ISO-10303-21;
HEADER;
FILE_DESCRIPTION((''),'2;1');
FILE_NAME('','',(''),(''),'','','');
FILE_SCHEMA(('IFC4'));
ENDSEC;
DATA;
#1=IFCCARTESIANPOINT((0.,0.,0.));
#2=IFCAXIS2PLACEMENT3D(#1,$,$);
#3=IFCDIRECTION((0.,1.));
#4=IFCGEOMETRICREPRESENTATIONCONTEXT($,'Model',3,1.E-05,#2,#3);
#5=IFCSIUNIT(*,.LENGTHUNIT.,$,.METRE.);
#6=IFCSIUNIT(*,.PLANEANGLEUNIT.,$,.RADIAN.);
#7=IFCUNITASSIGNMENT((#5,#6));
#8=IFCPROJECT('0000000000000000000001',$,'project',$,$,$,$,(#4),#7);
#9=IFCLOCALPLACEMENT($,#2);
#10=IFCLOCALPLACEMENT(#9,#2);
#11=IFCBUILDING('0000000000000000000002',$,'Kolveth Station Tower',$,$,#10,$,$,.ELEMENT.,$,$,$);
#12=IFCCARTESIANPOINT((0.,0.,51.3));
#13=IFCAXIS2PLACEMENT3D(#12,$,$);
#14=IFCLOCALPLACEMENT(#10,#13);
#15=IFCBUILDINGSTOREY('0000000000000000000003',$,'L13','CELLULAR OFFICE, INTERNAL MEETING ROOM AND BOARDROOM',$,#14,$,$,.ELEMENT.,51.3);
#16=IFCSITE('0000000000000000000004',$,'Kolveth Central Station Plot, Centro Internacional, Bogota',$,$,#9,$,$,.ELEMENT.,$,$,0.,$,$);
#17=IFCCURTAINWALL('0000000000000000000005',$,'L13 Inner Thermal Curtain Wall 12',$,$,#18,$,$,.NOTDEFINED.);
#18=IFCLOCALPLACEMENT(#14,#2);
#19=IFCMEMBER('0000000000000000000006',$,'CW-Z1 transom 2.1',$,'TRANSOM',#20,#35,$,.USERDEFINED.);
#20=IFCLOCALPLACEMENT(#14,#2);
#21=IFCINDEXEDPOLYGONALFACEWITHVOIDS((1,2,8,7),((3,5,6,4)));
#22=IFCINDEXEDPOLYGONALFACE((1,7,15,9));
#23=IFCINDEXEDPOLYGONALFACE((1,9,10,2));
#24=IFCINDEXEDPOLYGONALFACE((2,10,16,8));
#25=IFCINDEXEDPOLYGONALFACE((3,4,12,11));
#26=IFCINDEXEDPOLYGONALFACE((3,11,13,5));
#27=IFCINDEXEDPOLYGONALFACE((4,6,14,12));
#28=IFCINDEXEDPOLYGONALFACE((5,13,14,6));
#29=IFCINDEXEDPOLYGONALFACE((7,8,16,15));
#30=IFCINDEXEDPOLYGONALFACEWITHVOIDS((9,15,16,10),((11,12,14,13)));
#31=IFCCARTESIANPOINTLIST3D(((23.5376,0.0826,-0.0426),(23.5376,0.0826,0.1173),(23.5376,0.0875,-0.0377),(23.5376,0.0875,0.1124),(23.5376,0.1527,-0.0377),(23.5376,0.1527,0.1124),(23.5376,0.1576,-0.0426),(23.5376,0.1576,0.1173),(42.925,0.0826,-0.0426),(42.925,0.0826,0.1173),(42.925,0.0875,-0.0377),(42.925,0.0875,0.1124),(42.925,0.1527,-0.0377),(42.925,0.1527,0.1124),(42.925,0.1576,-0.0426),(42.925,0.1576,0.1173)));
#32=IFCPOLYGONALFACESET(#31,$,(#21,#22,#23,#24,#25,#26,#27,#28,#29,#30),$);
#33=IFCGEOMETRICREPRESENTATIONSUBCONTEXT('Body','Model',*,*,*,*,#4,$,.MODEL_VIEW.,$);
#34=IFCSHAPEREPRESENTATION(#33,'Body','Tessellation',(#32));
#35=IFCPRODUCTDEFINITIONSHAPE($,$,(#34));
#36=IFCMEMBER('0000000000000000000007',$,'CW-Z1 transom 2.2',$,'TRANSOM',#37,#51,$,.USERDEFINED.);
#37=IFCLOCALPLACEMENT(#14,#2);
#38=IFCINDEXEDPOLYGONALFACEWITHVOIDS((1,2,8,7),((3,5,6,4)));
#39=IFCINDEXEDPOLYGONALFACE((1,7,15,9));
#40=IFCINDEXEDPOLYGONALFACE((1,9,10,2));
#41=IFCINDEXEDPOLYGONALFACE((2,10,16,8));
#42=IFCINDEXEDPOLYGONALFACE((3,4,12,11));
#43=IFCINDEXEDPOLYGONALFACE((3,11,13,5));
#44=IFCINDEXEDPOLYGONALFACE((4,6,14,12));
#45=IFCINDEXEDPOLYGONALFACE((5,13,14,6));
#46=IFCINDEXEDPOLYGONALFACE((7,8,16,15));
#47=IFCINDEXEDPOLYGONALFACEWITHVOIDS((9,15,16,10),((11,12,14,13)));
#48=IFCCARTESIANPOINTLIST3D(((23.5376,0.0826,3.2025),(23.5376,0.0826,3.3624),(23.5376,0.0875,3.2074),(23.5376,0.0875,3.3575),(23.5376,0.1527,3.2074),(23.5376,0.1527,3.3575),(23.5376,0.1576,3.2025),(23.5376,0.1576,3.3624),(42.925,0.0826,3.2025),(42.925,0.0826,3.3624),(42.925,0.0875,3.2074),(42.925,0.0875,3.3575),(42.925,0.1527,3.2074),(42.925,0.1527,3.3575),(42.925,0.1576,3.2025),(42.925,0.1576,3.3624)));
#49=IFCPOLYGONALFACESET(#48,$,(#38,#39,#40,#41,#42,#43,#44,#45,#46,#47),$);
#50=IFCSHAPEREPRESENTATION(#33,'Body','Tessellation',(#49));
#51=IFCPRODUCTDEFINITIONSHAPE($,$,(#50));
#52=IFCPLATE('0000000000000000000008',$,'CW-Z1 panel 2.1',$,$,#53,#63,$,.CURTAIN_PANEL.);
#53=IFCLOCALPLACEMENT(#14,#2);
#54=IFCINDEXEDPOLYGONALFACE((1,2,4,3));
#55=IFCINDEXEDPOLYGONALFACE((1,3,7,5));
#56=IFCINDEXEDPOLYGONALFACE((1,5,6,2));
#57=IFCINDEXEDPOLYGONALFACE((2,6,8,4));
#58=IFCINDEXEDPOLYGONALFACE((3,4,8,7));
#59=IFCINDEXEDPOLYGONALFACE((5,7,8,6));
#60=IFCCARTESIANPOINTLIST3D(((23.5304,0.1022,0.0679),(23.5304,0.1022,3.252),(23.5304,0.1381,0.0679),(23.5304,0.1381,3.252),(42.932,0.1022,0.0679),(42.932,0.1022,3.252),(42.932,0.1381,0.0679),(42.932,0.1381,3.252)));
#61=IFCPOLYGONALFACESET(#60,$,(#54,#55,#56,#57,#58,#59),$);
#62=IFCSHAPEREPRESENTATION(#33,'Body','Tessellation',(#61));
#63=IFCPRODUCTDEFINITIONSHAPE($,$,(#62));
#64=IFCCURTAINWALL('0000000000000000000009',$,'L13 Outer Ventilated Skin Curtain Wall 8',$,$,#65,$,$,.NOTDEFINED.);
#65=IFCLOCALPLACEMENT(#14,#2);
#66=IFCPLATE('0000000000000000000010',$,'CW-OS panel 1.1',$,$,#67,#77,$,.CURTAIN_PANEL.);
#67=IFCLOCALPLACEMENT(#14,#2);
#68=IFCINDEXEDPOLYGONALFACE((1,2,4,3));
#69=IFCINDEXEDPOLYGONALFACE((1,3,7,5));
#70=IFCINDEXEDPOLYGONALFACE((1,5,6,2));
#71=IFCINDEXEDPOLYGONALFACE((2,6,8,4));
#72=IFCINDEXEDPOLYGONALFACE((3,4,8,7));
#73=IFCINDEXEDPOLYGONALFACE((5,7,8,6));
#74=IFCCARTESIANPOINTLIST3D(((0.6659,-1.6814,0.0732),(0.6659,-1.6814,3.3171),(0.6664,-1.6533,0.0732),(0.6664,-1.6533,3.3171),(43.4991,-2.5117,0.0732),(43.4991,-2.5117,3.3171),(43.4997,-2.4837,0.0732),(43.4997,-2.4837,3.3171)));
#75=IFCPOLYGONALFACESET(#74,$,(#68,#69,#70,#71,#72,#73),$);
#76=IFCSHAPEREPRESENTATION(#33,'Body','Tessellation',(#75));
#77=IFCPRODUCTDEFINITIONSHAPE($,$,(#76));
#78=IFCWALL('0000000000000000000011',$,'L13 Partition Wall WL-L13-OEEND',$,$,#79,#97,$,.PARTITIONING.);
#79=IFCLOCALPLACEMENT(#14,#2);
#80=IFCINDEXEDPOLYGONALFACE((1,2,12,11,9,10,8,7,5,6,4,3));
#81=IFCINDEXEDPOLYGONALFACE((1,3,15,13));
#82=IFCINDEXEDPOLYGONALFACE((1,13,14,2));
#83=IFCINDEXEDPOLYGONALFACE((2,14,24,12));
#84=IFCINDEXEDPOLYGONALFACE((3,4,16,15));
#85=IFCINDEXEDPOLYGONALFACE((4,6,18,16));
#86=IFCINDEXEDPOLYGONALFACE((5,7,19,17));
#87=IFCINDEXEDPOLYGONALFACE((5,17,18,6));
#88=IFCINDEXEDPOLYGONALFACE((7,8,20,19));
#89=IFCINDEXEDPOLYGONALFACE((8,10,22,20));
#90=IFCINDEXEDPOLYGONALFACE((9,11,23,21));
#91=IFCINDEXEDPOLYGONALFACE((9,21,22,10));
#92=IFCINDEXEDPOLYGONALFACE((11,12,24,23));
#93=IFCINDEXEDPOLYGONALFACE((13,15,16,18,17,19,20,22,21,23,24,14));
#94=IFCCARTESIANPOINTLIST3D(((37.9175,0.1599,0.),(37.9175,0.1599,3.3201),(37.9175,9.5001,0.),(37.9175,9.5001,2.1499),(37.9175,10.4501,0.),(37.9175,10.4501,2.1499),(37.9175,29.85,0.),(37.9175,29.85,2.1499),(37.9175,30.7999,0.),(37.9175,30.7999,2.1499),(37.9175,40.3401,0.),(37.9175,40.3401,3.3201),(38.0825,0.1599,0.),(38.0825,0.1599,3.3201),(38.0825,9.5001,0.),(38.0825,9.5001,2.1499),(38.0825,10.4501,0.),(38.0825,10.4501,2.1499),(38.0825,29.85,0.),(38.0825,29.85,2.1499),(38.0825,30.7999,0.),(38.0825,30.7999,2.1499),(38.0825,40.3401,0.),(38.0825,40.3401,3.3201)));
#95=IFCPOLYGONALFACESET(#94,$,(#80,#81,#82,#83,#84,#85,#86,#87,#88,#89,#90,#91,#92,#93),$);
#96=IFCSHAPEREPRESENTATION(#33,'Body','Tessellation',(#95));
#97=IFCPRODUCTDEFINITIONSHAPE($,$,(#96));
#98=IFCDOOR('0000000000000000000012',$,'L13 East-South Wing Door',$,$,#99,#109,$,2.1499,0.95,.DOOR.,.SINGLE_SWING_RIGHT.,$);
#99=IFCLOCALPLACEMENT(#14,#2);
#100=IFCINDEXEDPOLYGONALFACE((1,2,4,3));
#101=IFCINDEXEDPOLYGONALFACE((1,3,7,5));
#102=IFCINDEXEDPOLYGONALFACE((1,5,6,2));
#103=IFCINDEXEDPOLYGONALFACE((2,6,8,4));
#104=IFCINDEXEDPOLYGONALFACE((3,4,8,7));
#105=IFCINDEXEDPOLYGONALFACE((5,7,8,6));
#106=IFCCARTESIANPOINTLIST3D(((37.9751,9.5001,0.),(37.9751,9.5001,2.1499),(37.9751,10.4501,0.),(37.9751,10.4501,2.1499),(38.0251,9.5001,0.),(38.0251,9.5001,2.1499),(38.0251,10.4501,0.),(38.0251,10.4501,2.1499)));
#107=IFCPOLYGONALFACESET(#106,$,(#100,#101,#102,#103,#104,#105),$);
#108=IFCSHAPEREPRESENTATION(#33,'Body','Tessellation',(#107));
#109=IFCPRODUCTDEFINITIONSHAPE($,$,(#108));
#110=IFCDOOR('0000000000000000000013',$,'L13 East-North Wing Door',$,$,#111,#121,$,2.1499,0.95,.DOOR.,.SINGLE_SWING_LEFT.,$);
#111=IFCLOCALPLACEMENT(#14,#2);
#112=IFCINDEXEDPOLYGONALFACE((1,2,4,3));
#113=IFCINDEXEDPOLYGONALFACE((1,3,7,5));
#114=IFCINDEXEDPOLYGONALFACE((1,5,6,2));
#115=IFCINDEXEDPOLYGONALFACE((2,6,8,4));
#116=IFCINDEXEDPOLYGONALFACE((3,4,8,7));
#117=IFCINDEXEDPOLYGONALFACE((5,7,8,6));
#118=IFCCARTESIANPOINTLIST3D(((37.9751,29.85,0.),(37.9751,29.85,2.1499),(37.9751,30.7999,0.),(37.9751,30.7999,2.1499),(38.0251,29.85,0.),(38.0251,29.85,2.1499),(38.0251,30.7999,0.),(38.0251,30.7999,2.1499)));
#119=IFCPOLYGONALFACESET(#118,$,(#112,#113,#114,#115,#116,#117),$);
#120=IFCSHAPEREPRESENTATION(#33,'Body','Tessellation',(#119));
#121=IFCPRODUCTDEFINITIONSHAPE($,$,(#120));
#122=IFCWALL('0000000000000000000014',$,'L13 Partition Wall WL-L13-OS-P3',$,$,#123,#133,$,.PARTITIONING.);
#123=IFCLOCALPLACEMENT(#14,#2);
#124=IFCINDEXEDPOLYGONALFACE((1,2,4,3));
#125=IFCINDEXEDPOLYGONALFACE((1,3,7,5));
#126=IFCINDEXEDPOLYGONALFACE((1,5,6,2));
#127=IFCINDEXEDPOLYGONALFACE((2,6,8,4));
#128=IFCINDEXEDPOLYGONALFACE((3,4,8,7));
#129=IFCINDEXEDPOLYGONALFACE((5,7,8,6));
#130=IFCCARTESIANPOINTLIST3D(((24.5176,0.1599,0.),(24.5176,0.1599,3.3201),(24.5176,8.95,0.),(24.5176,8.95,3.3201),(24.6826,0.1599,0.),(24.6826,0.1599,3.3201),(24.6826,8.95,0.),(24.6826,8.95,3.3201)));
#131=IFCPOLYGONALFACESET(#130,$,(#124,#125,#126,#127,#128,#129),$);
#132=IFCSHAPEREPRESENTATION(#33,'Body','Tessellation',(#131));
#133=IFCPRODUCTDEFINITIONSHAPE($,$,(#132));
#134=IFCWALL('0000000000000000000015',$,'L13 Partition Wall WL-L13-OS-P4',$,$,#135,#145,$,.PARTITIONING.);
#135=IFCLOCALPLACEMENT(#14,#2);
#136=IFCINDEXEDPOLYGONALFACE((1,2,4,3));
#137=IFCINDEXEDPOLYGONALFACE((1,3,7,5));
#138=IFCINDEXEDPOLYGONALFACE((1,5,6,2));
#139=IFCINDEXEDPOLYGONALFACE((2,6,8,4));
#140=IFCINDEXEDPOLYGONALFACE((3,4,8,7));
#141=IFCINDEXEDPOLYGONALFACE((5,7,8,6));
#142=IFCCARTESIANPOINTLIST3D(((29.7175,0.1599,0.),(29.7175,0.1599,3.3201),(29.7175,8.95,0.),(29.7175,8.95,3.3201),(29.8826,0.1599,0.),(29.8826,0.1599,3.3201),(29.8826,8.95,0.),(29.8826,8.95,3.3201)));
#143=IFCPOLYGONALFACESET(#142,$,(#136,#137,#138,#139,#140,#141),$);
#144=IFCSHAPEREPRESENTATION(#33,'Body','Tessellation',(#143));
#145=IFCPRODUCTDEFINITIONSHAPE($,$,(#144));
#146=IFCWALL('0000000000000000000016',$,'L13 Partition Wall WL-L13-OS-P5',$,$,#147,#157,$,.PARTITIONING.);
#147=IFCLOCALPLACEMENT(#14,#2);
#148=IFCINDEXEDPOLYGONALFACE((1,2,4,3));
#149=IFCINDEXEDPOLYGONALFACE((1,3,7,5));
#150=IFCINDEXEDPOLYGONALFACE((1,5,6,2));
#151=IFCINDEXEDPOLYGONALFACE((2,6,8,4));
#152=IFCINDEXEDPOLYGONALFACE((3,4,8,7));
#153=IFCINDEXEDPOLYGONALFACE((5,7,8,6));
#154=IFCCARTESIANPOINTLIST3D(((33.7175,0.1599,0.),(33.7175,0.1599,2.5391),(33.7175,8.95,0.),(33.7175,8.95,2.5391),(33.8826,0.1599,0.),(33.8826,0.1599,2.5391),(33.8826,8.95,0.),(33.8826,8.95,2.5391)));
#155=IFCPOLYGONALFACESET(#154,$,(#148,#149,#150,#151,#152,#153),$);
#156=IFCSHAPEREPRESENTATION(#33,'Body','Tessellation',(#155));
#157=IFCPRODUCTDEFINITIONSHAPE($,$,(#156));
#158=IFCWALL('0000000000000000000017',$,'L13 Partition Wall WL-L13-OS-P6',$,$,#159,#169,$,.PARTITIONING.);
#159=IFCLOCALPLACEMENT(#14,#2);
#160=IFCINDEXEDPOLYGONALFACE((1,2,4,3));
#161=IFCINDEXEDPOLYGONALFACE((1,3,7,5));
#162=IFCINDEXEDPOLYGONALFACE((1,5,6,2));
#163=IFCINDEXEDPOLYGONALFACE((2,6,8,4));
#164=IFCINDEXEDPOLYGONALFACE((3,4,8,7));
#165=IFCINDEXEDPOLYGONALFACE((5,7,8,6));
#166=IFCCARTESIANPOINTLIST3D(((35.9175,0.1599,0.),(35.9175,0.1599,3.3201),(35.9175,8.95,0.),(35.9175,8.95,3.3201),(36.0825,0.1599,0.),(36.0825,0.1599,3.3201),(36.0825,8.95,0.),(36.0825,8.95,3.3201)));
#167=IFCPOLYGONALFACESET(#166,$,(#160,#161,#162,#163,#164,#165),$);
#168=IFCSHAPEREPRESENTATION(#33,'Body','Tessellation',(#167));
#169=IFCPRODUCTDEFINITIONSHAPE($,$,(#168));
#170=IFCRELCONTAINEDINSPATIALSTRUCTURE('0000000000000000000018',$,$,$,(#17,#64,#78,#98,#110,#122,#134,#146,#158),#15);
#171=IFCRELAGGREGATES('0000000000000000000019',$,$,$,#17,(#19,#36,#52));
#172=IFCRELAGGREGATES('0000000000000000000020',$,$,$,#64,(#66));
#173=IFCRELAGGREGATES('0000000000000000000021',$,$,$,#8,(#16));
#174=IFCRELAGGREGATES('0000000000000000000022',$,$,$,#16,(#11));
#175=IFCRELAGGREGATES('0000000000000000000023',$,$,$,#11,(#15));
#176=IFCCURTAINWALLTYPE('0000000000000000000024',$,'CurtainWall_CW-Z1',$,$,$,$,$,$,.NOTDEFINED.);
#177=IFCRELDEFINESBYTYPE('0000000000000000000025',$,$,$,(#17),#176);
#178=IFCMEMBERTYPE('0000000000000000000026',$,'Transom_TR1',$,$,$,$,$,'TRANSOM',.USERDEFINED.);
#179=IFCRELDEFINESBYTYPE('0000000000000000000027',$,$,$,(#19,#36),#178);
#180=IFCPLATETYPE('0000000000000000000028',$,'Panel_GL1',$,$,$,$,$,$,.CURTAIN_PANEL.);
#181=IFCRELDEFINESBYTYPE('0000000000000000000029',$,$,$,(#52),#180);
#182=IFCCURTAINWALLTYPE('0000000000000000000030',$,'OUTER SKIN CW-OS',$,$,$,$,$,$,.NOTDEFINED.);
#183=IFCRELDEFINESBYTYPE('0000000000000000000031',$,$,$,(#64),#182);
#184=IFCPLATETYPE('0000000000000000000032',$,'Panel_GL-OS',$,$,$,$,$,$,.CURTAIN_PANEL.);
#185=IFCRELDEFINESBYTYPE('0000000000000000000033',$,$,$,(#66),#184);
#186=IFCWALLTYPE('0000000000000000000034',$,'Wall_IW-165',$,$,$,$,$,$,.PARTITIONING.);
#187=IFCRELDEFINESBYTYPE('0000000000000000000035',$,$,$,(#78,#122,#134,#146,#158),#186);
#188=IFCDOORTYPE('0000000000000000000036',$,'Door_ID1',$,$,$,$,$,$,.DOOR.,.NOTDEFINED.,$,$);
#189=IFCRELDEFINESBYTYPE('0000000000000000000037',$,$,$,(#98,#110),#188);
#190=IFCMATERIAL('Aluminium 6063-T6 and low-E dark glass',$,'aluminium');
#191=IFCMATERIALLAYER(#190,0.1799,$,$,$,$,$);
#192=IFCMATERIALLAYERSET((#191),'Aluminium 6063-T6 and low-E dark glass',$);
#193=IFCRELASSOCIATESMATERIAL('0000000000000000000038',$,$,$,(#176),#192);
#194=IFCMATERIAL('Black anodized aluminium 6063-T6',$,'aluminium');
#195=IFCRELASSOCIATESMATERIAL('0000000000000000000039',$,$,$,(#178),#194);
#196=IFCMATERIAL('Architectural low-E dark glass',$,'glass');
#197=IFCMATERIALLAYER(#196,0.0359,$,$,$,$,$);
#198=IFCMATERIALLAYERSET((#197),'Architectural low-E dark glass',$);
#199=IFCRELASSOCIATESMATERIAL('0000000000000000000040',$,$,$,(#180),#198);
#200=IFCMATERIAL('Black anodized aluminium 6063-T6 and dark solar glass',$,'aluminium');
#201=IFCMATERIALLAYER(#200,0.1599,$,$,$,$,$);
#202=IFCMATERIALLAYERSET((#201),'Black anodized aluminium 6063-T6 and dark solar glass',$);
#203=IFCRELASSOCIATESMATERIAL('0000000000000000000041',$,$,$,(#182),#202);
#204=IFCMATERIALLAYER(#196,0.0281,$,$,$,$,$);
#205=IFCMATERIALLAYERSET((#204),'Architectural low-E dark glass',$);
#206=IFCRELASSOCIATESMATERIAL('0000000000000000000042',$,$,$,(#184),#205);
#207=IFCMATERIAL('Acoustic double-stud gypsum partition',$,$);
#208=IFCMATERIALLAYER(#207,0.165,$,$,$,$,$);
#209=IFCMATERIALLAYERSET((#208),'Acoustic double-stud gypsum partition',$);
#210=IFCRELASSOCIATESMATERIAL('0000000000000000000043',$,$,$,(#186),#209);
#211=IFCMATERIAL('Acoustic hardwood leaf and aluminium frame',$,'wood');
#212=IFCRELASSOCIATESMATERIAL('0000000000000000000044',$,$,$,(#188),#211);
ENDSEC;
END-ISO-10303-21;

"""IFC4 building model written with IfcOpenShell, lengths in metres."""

from ifc_helpers import new_model, si_unit, direction, frame, frame_2d, origin, origin_2d, place, context, subcontext, project, spatial, rectangle, hollow_rectangle, extrude, source, transform, mapped, material, layer, layer_set, material_profile, profile_set, type_object, element, fill, aggregate, save


model = new_model("IFC4")

# Units and contexts
model_context = context("Model", 3, precision=1e-05, world=origin(), true_north=direction((0.0, 1.0)))
body_context = subcontext(model_context, "Body", "Model", "MODEL_VIEW")
ifc_project = project(units=[si_unit("LENGTHUNIT", "METRE"), si_unit("PLANEANGLEUNIT", "RADIAN")], contexts=[model_context])

# Site, building, storey
site_placement = place(None, origin())
site = spatial("IfcSite", under=ifc_project, at=site_placement, Name="Kolveth Central Station Plot, Centro Internacional, Bogota", CompositionType="ELEMENT", RefElevation=0.0)
building_placement = place(site_placement, origin())
building = spatial("IfcBuilding", under=site, at=building_placement, Name="Kolveth Station Tower", CompositionType="ELEMENT")
storey_placement = place(building_placement, frame((0.0, 0.0, 51.3)))
storey = spatial("IfcBuildingStorey", under=building, at=storey_placement, Name="L13", Description="CELLULAR OFFICE, INTERNAL MEETING ROOM AND BOARDROOM", CompositionType="ELEMENT", Elevation=51.3)

# Curtain wall, members, plate
ifc_material_1 = material(Name="Aluminium 6063-T6 and low-E dark glass", Category="aluminium")
ifc_layer_1 = layer(ifc_material_1, 0.1799)
ifc_layer_set_1 = layer_set([ifc_layer_1], Name="Aluminium 6063-T6 and low-E dark glass")
curtain_wall_type_1 = type_object("IfcCurtainWallType", Name="CurtainWall_CW-Z1", PredefinedType="NOTDEFINED", material=ifc_layer_set_1)
curtain_wall_1_placement = place(storey_placement, origin())
curtain_wall_1 = element("IfcCurtainWall", 1, at=curtain_wall_1_placement, inside=storey, type_object=curtain_wall_type_1, Name="L13 Inner Thermal Curtain Wall 12", PredefinedType="NOTDEFINED")
ifc_material_2 = material(Name="Black anodized aluminium 6063-T6", Category="aluminium")
ifc_material_profile_1 = material_profile(ifc_material_2, hollow_rectangle(XDim=0.075, YDim=0.1599, WallThickness=0.0049, at=origin_2d()), Name="ALU-75x160x5")
ifc_profile_set_1 = profile_set([ifc_material_profile_1], Name="Black anodized aluminium 6063-T6")
member_type_1 = type_object("IfcMemberType", Name="Transom_TR1", ElementType="TRANSOM", PredefinedType="USERDEFINED", material=ifc_profile_set_1)
shared_shape_1 = source(origin(), body_context, "Body", "SweptSolid", [
    extrude(hollow_rectangle(XDim=0.075, YDim=0.1599, WallThickness=0.0049, at=origin_2d()), origin(), (0.0, 0.0, 1.0), 19.3875),
])
member_1_placement = place(storey_placement, frame((23.5376, 0.1201, 0.0374), z_axis=(1.0, 0.0, 0.0), x_axis=(0.0, 1.0, 0.0)))
member_1 = element("IfcMember", 2, at=member_1_placement, type_object=member_type_1, Name="CW-Z1 transom 2.1", ObjectType="TRANSOM", PredefinedType="USERDEFINED", context=body_context, shape_type="MappedRepresentation", body=[
    mapped(shared_shape_1, transform((0.0, 0.0, 0.0), x_axis=(1.0, 0.0, 0.0), y_axis=(0.0, 1.0, 0.0), z_axis=(0.0, 0.0, 1.0), scale=1.0)),
])
member_2_placement = place(storey_placement, frame((23.5376, 0.1201, 3.2825), z_axis=(1.0, 0.0, 0.0), x_axis=(0.0, 1.0, 0.0)))
member_2 = element("IfcMember", 3, at=member_2_placement, type_object=member_type_1, Name="CW-Z1 transom 2.2", ObjectType="TRANSOM", PredefinedType="USERDEFINED", context=body_context, shape_type="MappedRepresentation", body=[
    mapped(shared_shape_1, transform((0.0, 0.0, 0.0), x_axis=(1.0, 0.0, 0.0), y_axis=(0.0, 1.0, 0.0), z_axis=(0.0, 0.0, 1.0), scale=1.0)),
])
ifc_material_3 = material(Name="Architectural low-E dark glass", Category="glass")
ifc_layer_2 = layer(ifc_material_3, 0.0359)
ifc_layer_set_2 = layer_set([ifc_layer_2], Name="Architectural low-E dark glass")
plate_type_1 = type_object("IfcPlateType", Name="Panel_GL1", PredefinedType="CURTAIN_PANEL", material=ifc_layer_set_2)
shared_shape_2 = source(origin(), body_context, "Body", "SweptSolid", [
    extrude(rectangle(XDim=19.4016, YDim=0.0359, at=origin_2d()), origin(), (0.0, 0.0, 1.0), 3.1841),
])
plate_1_placement = place(storey_placement, frame((33.2312, 0.1201, 0.0679), z_axis=(0.0, 0.0, 1.0), x_axis=(1.0, 0.0, 0.0)))
plate_1 = element("IfcPlate", 4, at=plate_1_placement, type_object=plate_type_1, Name="CW-Z1 panel 2.1", PredefinedType="CURTAIN_PANEL", context=body_context, shape_type="MappedRepresentation", body=[
    mapped(shared_shape_2, transform((0.0, 0.0, 0.0), x_axis=(1.0, 0.0, 0.0), y_axis=(0.0, 1.0, 0.0), z_axis=(0.0, 0.0, 1.0), scale=1.0)),
])
aggregate(curtain_wall_1, [member_1, member_2, plate_1])

# Curtain wall, plate
ifc_material_4 = material(Name="Black anodized aluminium 6063-T6 and dark solar glass", Category="aluminium")
ifc_layer_3 = layer(ifc_material_4, 0.1599)
ifc_layer_set_3 = layer_set([ifc_layer_3], Name="Black anodized aluminium 6063-T6 and dark solar glass")
curtain_wall_type_2 = type_object("IfcCurtainWallType", Name="OUTER SKIN CW-OS", PredefinedType="NOTDEFINED", material=ifc_layer_set_3)
curtain_wall_2_placement = place(storey_placement, origin())
curtain_wall_2 = element("IfcCurtainWall", 5, at=curtain_wall_2_placement, inside=storey, type_object=curtain_wall_type_2, Name="L13 Outer Ventilated Skin Curtain Wall 8", PredefinedType="NOTDEFINED")
ifc_layer_4 = layer(ifc_material_3, 0.0281)
ifc_layer_set_4 = layer_set([ifc_layer_4], Name="Architectural low-E dark glass")
plate_type_2 = type_object("IfcPlateType", Name="Panel_GL-OS", PredefinedType="CURTAIN_PANEL", material=ifc_layer_set_4)
shared_shape_3 = source(origin(), body_context, "Body", "SweptSolid", [
    extrude(rectangle(XDim=42.8413, YDim=0.0281, at=origin_2d()), origin(), (0.0, 0.0, 1.0), 3.2439),
])
plate_2_placement = place(storey_placement, frame((22.0828, -2.0825, 0.0732), z_axis=(0.0, 0.0, 1.0), x_axis=(0.999812, -0.019383, 0.0)))
plate_2 = element("IfcPlate", 6, at=plate_2_placement, type_object=plate_type_2, Name="CW-OS panel 1.1", PredefinedType="CURTAIN_PANEL", context=body_context, shape_type="MappedRepresentation", body=[
    mapped(shared_shape_3, transform((0.0, 0.0, 0.0), x_axis=(1.0, 0.0, 0.0), y_axis=(0.0, 1.0, 0.0), z_axis=(0.0, 0.0, 1.0), scale=1.0)),
])
aggregate(curtain_wall_2, [plate_2])

# Wall, openings, doors
ifc_material_5 = material(Name="Acoustic double-stud gypsum partition")
ifc_layer_5 = layer(ifc_material_5, 0.165)
ifc_layer_set_5 = layer_set([ifc_layer_5], Name="Acoustic double-stud gypsum partition")
wall_type = type_object("IfcWallType", Name="Wall_IW-165", PredefinedType="PARTITIONING", material=ifc_layer_set_5)
wall_1_placement = place(storey_placement, frame((38.0, 0.1599, 0.0), z_axis=(0.0, 0.0, 1.0), x_axis=(0.0, 1.0, 0.0)))
wall_1 = element("IfcWall", 7, at=wall_1_placement, inside=storey, type_object=wall_type, Name="L13 Partition Wall WL-L13-OEEND", PredefinedType="PARTITIONING", context=body_context, shape_type="SweptSolid", body=[
    extrude(rectangle(XDim=40.1802, YDim=0.165, at=frame_2d((20.0901, 0.0))), origin(), (0.0, 0.0, 1.0), 3.3201),
])
opening_1_placement = place(wall_1_placement, frame((9.3401, 0.0, 0.0)))
opening_1 = element("IfcOpeningElement", 8, at=opening_1_placement, cuts=wall_1, PredefinedType="OPENING", context=body_context, shape_type="SweptSolid", body=[
    extrude(rectangle(XDim=0.95, YDim=2.1499, at=frame_2d((0.4751, 1.075))), frame((0.0, 0.0925, 0.0), z_axis=(0.0, -1.0, 0.0), x_axis=(1.0, 0.0, 0.0)), (0.0, 0.0, 1.0), 0.1851),
])
opening_2_placement = place(wall_1_placement, frame((29.6899, 0.0, 0.0)))
opening_2 = element("IfcOpeningElement", 9, at=opening_2_placement, cuts=wall_1, PredefinedType="OPENING", context=body_context, shape_type="SweptSolid", body=[
    extrude(rectangle(XDim=0.95, YDim=2.1499, at=frame_2d((0.4751, 1.075))), frame((0.0, 0.0925, 0.0), z_axis=(0.0, -1.0, 0.0), x_axis=(1.0, 0.0, 0.0)), (0.0, 0.0, 1.0), 0.1851),
])
ifc_material_6 = material(Name="Acoustic hardwood leaf and aluminium frame", Category="wood")
door_type = type_object("IfcDoorType", Name="Door_ID1", OperationType="NOTDEFINED", PredefinedType="DOOR", material=ifc_material_6)
door_1_placement = place(opening_1_placement, origin())
door_1 = element("IfcDoor", 10, at=door_1_placement, inside=storey, type_object=door_type, Name="L13 East-South Wing Door", OperationType="SINGLE_SWING_RIGHT", OverallHeight=2.1499, OverallWidth=0.95, PredefinedType="DOOR", context=body_context, shape_type="SweptSolid", body=[
    extrude(rectangle(XDim=0.95, YDim=2.1499, at=frame_2d((0.4751, 1.075))), frame((0.0, 0.0249, 0.0), z_axis=(0.0, -1.0, 0.0), x_axis=(1.0, 0.0, 0.0)), (0.0, 0.0, 1.0), 0.05),
])
fill(opening_1, door_1)
door_2_placement = place(opening_2_placement, origin())
door_2 = element("IfcDoor", 11, at=door_2_placement, inside=storey, type_object=door_type, Name="L13 East-North Wing Door", OperationType="SINGLE_SWING_LEFT", OverallHeight=2.1499, OverallWidth=0.95, PredefinedType="DOOR", context=body_context, shape_type="SweptSolid", body=[
    extrude(rectangle(XDim=0.95, YDim=2.1499, at=frame_2d((0.4751, 1.075))), frame((0.0, 0.0249, 0.0), z_axis=(0.0, -1.0, 0.0), x_axis=(1.0, 0.0, 0.0)), (0.0, 0.0, 1.0), 0.05),
])
fill(opening_2, door_2)

# Walls
for number, where, z_axis, x_axis, name in (
    (12, (24.6001, 0.1599, 0.0), (0.0, 0.0, 1.0), (0.0, 1.0, 0.0), "L13 Partition Wall WL-L13-OS-P3"),
    (13, (29.8, 0.1599, 0.0), (0.0, 0.0, 1.0), (0.0, 1.0, 0.0), "L13 Partition Wall WL-L13-OS-P4"),
):
    element("IfcWall", number, at=place(storey_placement, frame(where, z_axis=z_axis, x_axis=x_axis)), inside=storey, type_object=wall_type, Name=name, PredefinedType="PARTITIONING", context=body_context, shape_type="SweptSolid", body=[
        extrude(rectangle(XDim=8.79, YDim=0.165, at=frame_2d((4.395, 0.0))), origin(), (0.0, 0.0, 1.0), 3.3201),
    ])
wall_2_placement = place(storey_placement, frame((33.8, 0.1599, 0.0), z_axis=(0.0, 0.0, 1.0), x_axis=(0.0, 1.0, 0.0)))
element("IfcWall", 14, at=wall_2_placement, inside=storey, type_object=wall_type, Name="L13 Partition Wall WL-L13-OS-P5", PredefinedType="PARTITIONING", context=body_context, shape_type="SweptSolid", body=[
    extrude(rectangle(XDim=8.79, YDim=0.165, at=frame_2d((4.395, 0.0))), origin(), (0.0, 0.0, 1.0), 2.5391),
])
wall_3_placement = place(storey_placement, frame((36.0, 0.1599, 0.0), z_axis=(0.0, 0.0, 1.0), x_axis=(0.0, 1.0, 0.0)))
element("IfcWall", 15, at=wall_3_placement, inside=storey, type_object=wall_type, Name="L13 Partition Wall WL-L13-OS-P6", PredefinedType="PARTITIONING", context=body_context, shape_type="SweptSolid", body=[
    extrude(rectangle(XDim=8.79, YDim=0.165, at=frame_2d((4.395, 0.0))), origin(), (0.0, 0.0, 1.0), 3.3201),
])

save(model, "model.ifc")
